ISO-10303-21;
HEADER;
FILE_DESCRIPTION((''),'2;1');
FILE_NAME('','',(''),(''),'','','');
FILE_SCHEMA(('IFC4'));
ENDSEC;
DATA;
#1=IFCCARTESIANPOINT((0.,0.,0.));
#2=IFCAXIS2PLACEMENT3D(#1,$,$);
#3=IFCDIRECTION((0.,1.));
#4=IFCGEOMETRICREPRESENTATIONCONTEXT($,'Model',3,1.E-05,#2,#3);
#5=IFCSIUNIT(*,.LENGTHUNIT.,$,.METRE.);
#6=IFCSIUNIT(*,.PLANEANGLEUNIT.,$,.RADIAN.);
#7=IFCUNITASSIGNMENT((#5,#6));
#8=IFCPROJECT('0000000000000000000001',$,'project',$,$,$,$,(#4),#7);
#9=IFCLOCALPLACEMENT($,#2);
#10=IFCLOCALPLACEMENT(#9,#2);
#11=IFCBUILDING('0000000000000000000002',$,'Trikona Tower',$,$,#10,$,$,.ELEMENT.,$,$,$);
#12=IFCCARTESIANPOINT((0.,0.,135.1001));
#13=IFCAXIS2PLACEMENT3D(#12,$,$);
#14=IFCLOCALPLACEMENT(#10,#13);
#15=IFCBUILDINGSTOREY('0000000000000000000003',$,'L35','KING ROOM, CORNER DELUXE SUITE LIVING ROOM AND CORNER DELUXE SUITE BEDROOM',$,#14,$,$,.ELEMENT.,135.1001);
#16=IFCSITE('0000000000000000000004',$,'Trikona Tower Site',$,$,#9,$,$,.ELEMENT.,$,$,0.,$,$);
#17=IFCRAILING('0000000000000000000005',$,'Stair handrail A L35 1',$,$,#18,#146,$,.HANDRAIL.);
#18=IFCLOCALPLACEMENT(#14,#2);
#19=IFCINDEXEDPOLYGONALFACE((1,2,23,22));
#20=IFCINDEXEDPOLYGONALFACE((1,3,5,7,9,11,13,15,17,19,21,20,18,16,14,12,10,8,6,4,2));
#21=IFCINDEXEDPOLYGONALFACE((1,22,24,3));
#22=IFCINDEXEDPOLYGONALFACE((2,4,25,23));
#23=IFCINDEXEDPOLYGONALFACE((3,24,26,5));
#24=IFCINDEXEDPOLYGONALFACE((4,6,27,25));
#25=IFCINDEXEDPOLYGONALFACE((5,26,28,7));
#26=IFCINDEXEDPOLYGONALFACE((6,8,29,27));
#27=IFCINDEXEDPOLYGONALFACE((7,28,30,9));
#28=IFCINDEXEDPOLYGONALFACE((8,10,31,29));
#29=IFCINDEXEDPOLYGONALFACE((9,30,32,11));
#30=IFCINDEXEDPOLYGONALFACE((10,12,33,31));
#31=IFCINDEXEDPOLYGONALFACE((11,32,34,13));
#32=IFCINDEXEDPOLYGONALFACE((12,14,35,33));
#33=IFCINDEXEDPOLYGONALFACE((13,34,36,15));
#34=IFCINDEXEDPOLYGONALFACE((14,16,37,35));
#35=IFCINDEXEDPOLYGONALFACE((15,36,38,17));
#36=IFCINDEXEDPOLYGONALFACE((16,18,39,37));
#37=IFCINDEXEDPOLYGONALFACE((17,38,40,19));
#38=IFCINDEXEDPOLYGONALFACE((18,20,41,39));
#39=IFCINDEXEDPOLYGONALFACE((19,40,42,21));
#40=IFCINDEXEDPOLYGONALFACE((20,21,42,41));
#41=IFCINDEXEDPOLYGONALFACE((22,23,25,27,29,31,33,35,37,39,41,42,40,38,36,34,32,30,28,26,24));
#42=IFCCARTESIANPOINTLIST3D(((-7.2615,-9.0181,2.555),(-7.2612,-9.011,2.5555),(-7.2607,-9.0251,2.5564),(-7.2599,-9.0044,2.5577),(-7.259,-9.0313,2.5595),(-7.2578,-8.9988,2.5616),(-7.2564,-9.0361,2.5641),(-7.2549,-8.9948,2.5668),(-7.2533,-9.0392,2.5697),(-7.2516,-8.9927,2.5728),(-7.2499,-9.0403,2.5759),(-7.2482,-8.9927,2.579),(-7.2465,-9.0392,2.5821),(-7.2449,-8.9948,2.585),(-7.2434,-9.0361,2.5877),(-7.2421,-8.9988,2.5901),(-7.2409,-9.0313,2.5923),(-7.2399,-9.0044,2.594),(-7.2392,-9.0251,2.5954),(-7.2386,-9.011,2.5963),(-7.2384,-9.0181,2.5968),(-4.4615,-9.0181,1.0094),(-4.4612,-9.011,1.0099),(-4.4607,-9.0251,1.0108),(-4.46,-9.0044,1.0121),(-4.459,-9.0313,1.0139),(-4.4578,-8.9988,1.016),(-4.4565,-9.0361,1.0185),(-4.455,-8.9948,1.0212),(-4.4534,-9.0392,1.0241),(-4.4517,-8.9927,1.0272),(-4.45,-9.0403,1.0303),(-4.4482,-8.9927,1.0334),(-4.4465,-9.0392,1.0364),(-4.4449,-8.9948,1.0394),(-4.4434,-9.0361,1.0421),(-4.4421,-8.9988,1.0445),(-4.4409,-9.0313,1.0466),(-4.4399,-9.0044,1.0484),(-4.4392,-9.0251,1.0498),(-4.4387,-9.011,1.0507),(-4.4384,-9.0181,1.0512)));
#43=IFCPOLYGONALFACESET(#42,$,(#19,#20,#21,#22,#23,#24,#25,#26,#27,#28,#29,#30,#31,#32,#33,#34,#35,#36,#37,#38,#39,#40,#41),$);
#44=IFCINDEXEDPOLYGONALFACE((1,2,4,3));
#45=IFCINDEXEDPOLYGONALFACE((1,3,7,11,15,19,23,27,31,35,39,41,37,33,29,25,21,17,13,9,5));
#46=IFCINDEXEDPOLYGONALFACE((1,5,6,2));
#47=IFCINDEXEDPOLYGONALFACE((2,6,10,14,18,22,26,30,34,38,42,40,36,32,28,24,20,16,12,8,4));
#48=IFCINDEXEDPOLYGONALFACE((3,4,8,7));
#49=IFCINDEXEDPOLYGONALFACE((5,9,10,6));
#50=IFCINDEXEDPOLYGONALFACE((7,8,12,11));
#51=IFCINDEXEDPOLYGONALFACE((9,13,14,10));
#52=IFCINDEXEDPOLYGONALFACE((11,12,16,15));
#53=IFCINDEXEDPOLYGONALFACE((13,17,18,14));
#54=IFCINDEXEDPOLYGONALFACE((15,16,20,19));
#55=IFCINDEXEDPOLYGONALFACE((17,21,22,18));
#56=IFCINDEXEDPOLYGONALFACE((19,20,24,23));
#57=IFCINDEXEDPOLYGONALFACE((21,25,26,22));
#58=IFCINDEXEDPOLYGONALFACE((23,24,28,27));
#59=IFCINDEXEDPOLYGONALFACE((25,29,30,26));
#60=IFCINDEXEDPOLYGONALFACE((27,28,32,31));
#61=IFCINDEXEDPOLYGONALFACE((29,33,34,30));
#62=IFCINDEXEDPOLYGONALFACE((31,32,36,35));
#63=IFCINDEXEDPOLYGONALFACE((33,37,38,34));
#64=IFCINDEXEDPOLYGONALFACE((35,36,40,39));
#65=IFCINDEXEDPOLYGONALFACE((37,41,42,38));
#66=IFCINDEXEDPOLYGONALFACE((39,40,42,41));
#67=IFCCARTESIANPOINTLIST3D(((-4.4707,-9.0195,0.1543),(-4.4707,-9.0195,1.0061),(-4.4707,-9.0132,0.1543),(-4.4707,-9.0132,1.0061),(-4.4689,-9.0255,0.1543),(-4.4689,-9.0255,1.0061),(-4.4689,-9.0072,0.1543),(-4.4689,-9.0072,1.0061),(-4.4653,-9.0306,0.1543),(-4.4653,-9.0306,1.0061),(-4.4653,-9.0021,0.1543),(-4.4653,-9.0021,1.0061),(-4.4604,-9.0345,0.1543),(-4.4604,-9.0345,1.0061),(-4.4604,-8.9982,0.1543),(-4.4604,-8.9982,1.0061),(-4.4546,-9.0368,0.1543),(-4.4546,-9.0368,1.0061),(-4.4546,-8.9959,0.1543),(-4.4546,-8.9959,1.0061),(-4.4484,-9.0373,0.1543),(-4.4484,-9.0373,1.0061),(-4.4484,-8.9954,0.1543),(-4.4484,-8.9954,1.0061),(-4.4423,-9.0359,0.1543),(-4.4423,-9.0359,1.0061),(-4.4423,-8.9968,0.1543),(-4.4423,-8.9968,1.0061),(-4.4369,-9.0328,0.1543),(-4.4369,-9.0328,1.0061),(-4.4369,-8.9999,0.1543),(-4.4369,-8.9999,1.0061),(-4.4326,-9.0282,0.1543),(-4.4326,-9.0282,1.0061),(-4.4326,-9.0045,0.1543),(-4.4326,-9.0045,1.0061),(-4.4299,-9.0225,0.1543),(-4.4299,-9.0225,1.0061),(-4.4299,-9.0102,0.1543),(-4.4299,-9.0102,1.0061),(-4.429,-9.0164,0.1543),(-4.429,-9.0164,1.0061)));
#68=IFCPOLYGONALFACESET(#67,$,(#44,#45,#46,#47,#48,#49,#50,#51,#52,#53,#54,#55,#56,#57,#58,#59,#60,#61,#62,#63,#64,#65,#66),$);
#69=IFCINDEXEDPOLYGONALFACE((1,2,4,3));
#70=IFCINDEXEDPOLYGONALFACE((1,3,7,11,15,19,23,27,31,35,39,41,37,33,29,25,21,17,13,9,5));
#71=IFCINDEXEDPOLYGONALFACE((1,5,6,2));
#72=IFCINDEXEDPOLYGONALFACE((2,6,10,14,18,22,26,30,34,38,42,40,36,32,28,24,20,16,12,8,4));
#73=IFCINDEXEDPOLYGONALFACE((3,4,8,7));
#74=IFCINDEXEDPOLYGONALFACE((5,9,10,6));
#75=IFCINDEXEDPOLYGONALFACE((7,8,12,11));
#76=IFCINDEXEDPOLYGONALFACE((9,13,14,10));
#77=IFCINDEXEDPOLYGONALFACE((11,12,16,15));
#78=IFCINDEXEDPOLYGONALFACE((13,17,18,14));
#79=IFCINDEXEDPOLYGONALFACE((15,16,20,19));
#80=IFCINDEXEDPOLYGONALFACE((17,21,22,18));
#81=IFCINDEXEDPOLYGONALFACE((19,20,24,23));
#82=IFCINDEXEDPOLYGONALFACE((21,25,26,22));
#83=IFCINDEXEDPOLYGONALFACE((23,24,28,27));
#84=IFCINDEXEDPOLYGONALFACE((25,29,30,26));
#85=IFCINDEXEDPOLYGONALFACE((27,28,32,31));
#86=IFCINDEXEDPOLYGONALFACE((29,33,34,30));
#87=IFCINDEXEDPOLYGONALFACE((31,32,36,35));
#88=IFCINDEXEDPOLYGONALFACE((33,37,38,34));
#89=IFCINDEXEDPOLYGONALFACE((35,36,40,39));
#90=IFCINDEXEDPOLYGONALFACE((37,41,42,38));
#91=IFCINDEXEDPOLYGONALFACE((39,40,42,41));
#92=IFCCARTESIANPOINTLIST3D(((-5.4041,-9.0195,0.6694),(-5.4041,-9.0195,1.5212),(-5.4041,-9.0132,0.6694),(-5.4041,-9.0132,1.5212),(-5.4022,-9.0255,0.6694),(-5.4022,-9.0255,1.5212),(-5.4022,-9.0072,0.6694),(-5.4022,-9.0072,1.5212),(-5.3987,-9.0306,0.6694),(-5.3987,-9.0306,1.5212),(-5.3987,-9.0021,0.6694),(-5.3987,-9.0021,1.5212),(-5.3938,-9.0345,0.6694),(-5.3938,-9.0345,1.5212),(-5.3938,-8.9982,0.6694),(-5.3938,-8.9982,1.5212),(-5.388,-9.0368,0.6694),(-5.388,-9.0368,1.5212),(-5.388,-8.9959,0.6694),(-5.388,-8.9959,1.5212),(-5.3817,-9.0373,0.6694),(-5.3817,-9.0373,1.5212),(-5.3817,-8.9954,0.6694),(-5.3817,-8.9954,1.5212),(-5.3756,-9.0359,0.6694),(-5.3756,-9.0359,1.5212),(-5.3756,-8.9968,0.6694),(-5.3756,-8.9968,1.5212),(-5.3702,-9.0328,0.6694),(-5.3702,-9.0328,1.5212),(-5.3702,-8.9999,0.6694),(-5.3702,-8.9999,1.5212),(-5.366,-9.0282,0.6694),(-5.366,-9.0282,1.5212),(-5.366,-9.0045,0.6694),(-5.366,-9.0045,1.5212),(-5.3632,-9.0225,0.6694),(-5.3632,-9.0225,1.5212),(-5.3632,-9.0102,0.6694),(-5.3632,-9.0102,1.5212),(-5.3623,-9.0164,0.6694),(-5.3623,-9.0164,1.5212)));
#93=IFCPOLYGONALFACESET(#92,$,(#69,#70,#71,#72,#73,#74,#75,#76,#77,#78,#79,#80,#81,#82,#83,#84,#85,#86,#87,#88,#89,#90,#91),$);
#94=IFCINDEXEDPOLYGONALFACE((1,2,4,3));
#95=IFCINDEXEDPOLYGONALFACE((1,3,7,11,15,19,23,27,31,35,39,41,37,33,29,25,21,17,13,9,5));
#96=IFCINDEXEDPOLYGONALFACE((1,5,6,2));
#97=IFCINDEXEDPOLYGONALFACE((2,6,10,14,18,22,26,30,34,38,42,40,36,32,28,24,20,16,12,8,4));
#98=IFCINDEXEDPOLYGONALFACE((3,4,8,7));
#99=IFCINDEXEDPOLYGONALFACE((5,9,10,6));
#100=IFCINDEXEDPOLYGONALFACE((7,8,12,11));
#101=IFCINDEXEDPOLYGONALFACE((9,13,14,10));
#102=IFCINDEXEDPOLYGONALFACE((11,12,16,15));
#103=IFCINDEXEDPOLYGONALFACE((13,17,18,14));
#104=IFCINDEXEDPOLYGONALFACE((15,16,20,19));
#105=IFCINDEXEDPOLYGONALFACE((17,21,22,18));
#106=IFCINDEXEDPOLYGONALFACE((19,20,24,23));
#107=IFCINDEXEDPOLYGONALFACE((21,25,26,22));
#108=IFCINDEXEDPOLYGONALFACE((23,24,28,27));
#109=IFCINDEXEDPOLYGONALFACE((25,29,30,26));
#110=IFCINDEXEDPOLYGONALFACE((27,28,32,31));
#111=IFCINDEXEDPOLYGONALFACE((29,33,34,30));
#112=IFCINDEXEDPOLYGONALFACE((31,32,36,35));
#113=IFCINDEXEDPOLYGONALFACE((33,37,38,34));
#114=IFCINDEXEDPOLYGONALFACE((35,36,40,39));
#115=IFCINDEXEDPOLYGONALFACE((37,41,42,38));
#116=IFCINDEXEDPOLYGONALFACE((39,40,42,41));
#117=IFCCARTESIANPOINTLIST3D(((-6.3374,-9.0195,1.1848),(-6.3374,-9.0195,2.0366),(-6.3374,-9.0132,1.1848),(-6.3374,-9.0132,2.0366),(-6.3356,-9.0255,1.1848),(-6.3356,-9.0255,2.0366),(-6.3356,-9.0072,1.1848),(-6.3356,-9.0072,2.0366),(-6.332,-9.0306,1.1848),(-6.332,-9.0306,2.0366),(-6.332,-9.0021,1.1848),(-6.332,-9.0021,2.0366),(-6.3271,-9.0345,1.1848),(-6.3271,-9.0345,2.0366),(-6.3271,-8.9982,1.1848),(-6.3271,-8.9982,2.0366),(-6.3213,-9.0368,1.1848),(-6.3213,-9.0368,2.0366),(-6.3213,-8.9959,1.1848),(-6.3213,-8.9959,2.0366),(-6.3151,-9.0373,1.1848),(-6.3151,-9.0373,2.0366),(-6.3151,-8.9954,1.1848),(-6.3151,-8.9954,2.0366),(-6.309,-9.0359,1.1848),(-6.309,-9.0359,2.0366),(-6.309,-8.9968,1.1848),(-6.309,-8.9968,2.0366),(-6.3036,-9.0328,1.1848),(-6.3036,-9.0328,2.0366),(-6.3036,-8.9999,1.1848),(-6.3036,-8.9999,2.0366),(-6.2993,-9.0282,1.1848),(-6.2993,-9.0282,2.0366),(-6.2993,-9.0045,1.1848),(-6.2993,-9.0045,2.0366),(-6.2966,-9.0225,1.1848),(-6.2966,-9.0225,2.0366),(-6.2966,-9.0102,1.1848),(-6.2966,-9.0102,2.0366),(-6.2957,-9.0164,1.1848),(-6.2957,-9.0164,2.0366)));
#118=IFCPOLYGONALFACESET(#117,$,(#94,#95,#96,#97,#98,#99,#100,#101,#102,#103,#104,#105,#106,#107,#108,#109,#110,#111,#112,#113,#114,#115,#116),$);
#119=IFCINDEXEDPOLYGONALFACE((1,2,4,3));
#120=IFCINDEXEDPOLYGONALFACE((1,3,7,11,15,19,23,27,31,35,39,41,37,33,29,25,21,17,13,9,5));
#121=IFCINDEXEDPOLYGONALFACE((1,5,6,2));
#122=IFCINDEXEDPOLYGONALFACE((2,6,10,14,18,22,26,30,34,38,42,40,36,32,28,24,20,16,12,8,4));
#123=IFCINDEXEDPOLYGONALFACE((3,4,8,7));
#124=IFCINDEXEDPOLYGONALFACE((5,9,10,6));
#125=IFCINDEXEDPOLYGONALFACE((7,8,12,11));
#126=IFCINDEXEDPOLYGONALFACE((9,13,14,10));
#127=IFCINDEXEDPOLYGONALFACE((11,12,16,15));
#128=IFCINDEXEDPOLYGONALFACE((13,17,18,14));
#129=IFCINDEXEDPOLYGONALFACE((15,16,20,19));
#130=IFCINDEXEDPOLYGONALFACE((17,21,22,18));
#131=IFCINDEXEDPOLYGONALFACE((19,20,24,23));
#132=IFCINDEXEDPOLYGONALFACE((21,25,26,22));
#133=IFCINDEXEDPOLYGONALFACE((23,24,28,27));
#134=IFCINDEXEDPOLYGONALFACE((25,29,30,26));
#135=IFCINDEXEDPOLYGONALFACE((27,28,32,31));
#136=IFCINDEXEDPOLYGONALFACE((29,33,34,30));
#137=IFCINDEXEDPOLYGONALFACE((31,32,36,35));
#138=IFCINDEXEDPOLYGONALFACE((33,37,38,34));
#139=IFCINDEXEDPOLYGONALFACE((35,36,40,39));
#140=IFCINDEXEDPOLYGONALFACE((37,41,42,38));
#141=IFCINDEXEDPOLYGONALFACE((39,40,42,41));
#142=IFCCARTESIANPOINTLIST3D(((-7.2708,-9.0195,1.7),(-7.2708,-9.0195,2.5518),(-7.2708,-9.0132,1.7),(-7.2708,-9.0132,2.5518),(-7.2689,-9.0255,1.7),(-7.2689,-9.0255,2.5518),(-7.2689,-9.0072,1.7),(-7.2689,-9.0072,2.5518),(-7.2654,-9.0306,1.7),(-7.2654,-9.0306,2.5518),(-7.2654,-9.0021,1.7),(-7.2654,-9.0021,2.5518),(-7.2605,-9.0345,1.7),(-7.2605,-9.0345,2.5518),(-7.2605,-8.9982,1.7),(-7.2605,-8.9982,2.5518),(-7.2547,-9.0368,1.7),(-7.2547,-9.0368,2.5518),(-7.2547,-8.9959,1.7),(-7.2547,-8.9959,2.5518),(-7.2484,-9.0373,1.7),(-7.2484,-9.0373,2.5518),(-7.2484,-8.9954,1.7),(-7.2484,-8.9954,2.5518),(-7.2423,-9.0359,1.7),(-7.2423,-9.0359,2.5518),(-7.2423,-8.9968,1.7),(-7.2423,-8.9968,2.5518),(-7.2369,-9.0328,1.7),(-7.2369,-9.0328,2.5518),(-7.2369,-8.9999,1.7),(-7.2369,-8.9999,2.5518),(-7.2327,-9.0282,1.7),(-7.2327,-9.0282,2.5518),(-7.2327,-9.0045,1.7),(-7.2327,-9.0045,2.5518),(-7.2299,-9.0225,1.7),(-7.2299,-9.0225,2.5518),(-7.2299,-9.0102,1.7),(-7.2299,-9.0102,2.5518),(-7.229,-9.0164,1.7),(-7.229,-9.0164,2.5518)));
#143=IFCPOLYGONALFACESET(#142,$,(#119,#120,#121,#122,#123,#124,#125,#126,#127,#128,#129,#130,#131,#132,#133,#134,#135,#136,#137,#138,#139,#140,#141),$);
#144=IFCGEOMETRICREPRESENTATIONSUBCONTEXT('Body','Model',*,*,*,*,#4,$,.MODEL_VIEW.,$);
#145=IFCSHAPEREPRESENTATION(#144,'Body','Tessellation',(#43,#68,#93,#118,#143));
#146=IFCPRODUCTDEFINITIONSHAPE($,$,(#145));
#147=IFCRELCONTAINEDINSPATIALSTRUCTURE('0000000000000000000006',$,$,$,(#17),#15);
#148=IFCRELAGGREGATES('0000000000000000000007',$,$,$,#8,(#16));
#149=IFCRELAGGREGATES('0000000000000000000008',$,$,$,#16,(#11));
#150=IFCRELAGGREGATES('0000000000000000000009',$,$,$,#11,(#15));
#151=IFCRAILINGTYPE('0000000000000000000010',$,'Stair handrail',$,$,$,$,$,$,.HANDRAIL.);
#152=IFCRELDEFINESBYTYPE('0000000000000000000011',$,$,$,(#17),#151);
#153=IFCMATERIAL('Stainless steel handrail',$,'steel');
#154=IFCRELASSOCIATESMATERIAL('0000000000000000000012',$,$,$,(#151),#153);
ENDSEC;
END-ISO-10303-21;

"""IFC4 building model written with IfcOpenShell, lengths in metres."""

from ifc_helpers import new_model, si_unit, direction, frame, origin, origin_2d, place, context, subcontext, project, spatial, circle, extrude, material, type_object, element, save


model = new_model("IFC4")

# Units and contexts
model_context = context("Model", 3, precision=1e-05, world=origin(), true_north=direction((0.0, 1.0)))
body_context = subcontext(model_context, "Body", "Model", "MODEL_VIEW")
ifc_project = project(units=[si_unit("LENGTHUNIT", "METRE"), si_unit("PLANEANGLEUNIT", "RADIAN")], contexts=[model_context])

# Site, building, storey
site_placement = place(None, origin())
site = spatial("IfcSite", under=ifc_project, at=site_placement, Name="Trikona Tower Site", CompositionType="ELEMENT", RefElevation=0.0)
building_placement = place(site_placement, origin())
building = spatial("IfcBuilding", under=site, at=building_placement, Name="Trikona Tower", CompositionType="ELEMENT")
storey_placement = place(building_placement, frame((0.0, 0.0, 135.1001)))
storey = spatial("IfcBuildingStorey", under=building, at=storey_placement, Name="L35", Description="KING ROOM, CORNER DELUXE SUITE LIVING ROOM AND CORNER DELUXE SUITE BEDROOM", CompositionType="ELEMENT", Elevation=135.1001)

# Railing
ifc_material_1 = material(Name="Stainless steel handrail", Category="steel")
railing_type = type_object("IfcRailingType", Name="Stair handrail", PredefinedType="HANDRAIL", material=ifc_material_1)
railing_placement = place(storey_placement, frame((-4.45, -9.0164, 0.1543)))
element("IfcRailing", 1, at=railing_placement, inside=storey, type_object=railing_type, Name="Stair handrail A L35 1", PredefinedType="HANDRAIL", context=body_context, shape_type="SweptSolid", body=[
    extrude(circle(Radius=0.0239, at=origin_2d()), frame((0.0, 0.0, 0.876), z_axis=(-0.875472, 0.0, 0.483269), x_axis=(0.0, -1.0, 0.0)), (0.0, 0.0, 1.0), 3.1982),
    extrude(circle(Radius=0.021, at=origin_2d()), origin(), (0.0, 0.0, 1.0), 0.8518),
    extrude(circle(Radius=0.021, at=origin_2d()), frame((-0.9333, 0.0, 0.5151)), (0.0, 0.0, 1.0), 0.8518),
    extrude(circle(Radius=0.021, at=origin_2d()), frame((-1.8667, 0.0, 1.0305)), (0.0, 0.0, 1.0), 0.8518),
    extrude(circle(Radius=0.021, at=origin_2d()), frame((-2.8, 0.0, 1.5457)), (0.0, 0.0, 1.0), 0.8518),
])

save(model, "model.ifc")
